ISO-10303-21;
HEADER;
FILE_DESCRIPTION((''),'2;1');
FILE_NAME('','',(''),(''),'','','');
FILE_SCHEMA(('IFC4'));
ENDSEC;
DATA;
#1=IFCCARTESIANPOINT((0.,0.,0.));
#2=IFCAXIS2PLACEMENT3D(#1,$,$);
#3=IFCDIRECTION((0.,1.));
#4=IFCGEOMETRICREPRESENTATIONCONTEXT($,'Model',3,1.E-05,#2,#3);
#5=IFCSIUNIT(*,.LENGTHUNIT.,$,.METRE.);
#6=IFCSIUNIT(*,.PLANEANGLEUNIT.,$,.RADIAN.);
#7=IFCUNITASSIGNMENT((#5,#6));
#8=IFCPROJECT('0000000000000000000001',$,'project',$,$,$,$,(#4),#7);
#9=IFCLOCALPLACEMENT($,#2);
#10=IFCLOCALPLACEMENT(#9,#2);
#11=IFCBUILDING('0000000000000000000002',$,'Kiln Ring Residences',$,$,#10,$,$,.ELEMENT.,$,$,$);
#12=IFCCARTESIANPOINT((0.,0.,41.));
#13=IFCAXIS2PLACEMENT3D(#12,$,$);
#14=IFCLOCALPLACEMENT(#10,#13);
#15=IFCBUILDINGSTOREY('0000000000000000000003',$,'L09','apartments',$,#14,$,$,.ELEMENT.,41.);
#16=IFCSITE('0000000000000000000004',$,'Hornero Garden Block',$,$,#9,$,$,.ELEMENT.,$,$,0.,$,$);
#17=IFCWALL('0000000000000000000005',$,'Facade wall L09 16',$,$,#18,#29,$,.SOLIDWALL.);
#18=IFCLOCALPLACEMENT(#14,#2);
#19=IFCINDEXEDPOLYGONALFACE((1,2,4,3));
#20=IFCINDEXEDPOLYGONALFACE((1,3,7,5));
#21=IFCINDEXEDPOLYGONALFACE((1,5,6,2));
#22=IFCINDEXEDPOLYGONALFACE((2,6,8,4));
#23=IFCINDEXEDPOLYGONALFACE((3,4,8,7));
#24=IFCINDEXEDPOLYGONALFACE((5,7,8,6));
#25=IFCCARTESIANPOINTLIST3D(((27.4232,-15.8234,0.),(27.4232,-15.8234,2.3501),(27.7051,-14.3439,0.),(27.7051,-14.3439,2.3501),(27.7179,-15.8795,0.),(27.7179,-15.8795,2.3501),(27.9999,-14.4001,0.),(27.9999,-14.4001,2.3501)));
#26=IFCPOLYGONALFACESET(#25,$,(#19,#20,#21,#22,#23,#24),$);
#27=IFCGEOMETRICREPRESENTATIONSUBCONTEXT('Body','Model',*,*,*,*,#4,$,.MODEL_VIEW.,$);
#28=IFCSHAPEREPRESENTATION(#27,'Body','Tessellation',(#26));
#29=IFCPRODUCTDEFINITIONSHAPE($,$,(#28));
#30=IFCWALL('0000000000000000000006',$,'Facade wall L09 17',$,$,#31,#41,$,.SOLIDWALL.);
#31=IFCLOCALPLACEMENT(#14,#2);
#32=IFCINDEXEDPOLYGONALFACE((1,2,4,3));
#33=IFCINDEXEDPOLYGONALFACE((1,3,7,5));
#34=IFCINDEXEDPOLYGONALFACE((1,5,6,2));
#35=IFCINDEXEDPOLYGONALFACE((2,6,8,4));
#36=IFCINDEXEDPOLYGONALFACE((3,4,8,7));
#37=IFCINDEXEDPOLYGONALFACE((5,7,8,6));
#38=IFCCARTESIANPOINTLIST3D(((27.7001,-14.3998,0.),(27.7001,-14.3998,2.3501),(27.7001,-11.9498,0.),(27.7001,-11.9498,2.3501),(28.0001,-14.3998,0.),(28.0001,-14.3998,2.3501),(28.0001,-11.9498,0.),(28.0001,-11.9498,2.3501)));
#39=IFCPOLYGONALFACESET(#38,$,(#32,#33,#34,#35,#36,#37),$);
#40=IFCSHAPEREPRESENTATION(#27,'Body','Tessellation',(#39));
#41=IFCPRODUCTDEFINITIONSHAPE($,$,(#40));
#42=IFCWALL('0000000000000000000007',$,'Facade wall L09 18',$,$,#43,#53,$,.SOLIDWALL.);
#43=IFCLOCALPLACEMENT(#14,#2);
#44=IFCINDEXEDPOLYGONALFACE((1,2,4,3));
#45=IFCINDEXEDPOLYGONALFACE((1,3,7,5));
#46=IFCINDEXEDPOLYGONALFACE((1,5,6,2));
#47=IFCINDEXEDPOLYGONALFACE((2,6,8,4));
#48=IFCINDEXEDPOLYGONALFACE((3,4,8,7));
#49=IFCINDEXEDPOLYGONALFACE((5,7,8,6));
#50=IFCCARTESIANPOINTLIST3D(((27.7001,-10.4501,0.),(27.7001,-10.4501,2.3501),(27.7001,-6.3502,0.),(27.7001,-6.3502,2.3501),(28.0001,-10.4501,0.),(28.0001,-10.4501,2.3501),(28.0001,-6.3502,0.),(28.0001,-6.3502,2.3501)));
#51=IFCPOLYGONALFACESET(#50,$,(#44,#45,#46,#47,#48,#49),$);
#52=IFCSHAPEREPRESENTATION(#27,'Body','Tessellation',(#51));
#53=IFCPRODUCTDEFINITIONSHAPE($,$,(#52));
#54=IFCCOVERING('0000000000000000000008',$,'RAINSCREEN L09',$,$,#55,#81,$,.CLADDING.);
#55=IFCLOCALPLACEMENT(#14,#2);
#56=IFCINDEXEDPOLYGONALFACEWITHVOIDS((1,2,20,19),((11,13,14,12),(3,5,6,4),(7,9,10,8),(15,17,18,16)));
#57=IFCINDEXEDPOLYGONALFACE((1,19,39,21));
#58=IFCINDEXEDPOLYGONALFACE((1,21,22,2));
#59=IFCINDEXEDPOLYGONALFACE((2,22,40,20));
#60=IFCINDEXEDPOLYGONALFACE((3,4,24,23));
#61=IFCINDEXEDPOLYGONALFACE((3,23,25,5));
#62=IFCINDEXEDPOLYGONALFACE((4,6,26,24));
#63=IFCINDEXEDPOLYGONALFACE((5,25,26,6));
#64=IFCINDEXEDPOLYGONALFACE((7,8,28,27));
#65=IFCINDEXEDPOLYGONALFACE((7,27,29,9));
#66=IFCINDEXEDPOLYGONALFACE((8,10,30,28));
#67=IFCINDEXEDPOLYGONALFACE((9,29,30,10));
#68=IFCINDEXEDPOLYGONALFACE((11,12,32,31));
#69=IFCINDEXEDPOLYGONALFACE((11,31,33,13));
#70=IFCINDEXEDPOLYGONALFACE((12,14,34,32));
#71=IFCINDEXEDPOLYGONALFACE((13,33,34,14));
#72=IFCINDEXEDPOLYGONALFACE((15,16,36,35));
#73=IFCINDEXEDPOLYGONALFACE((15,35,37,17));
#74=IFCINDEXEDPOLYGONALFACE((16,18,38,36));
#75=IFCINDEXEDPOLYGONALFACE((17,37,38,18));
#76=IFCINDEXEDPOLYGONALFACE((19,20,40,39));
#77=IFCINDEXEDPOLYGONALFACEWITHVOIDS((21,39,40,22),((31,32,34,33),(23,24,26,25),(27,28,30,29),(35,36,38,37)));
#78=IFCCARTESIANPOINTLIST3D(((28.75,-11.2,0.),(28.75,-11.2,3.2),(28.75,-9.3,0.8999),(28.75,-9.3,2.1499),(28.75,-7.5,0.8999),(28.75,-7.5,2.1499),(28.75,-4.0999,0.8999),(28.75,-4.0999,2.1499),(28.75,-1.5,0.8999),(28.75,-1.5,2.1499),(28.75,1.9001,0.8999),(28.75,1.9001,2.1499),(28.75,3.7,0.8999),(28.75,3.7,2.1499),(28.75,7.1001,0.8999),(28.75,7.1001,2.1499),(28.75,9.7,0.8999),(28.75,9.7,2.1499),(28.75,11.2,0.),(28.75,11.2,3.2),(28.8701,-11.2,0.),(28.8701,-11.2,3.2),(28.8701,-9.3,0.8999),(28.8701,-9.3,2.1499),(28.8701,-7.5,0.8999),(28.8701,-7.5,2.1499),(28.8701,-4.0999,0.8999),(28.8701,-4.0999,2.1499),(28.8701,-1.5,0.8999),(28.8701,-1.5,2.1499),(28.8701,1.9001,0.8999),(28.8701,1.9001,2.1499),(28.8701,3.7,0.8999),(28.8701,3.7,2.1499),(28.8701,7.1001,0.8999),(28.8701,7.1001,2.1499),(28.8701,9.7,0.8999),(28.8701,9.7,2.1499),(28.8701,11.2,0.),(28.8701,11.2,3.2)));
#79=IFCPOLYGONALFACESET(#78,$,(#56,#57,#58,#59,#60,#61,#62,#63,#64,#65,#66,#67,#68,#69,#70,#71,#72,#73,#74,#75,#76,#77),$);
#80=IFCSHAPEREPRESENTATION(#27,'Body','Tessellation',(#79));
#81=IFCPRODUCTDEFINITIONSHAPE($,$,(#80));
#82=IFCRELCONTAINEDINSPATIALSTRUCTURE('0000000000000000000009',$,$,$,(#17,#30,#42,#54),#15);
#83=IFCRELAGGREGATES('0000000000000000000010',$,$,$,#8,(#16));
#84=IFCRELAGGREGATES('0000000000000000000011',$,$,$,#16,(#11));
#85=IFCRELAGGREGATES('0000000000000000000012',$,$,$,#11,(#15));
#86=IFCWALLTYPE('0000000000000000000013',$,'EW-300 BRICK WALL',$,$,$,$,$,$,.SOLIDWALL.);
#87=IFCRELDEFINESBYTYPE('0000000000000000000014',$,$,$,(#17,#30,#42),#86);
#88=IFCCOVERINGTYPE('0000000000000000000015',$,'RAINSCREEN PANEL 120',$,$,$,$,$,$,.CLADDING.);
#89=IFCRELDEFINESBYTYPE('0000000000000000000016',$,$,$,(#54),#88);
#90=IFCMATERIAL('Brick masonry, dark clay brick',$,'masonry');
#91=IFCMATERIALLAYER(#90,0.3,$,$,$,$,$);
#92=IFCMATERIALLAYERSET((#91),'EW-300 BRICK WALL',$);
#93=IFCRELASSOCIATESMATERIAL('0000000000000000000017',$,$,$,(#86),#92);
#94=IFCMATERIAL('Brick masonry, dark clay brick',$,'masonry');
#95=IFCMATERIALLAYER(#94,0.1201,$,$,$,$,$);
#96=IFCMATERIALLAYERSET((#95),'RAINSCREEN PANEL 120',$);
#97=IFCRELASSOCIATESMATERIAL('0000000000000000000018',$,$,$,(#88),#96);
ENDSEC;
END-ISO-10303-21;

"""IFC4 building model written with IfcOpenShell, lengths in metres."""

from ifc_helpers import new_model, si_unit, direction, frame, frame_2d, origin, place, context, subcontext, project, spatial, polyline, rectangle, outline, extrude, material, layer, layer_set, type_object, element, save


model = new_model("IFC4")

# Units and contexts
model_context = context("Model", 3, precision=1e-05, world=origin(), true_north=direction((0.0, 1.0)))
body_context = subcontext(model_context, "Body", "Model", "MODEL_VIEW")
ifc_project = project(units=[si_unit("LENGTHUNIT", "METRE"), si_unit("PLANEANGLEUNIT", "RADIAN")], contexts=[model_context])

# Site, building, storey
site_placement = place(None, origin())
site = spatial("IfcSite", under=ifc_project, at=site_placement, Name="Hornero Garden Block", CompositionType="ELEMENT", RefElevation=0.0)
building_placement = place(site_placement, origin())
building = spatial("IfcBuilding", under=site, at=building_placement, Name="Kiln Ring Residences", CompositionType="ELEMENT")
storey_placement = place(building_placement, frame((0.0, 0.0, 41.0)))
storey = spatial("IfcBuildingStorey", under=building, at=storey_placement, Name="L09", Description="apartments", CompositionType="ELEMENT", Elevation=41.0)

# Walls
ifc_material_1 = material(Name="Brick masonry, dark clay brick", Category="masonry")
ifc_layer_1 = layer(ifc_material_1, 0.3)
ifc_layer_set_1 = layer_set([ifc_layer_1], Name="EW-300 BRICK WALL")
wall_type_1 = type_object("IfcWallType", Name="EW-300 BRICK WALL", PredefinedType="SOLIDWALL", material=ifc_layer_set_1)
wall_1_placement = place(storey_placement, frame((27.5706, -15.8513, 0.0), z_axis=(0.0, 0.0, 1.0), x_axis=(0.187224, 0.982317, 0.0)))
element("IfcWall", 1, at=wall_1_placement, inside=storey, type_object=wall_type_1, Name="Facade wall L09 16", PredefinedType="SOLIDWALL", context=body_context, shape_type="SweptSolid", body=[
    extrude(rectangle(XDim=1.5061, YDim=0.3, at=frame_2d((0.7529, 0.0))), origin(), (0.0, 0.0, 1.0), 2.3501),
])
wall_2_placement = place(storey_placement, frame((27.8501, -14.3999, 0.0), z_axis=(0.0, 0.0, 1.0), x_axis=(0.0, 1.0, 0.0)))
element("IfcWall", 2, at=wall_2_placement, inside=storey, type_object=wall_type_1, Name="Facade wall L09 17", PredefinedType="SOLIDWALL", context=body_context, shape_type="SweptSolid", body=[
    extrude(rectangle(XDim=2.45, YDim=0.3, at=frame_2d((1.2251, 0.0))), origin(), (0.0, 0.0, 1.0), 2.3501),
])
wall_3_placement = place(storey_placement, frame((27.8501, -10.45, 0.0), z_axis=(0.0, 0.0, 1.0), x_axis=(0.0, 1.0, 0.0)))
element("IfcWall", 3, at=wall_3_placement, inside=storey, type_object=wall_type_1, Name="Facade wall L09 18", PredefinedType="SOLIDWALL", context=body_context, shape_type="SweptSolid", body=[
    extrude(rectangle(XDim=4.0999, YDim=0.3, at=frame_2d((2.0498, 0.0))), origin(), (0.0, 0.0, 1.0), 2.3501),
])

# Covering
ifc_material_2 = material(Name="Brick masonry, dark clay brick", Category="masonry")
ifc_layer_2 = layer(ifc_material_2, 0.1201)
ifc_layer_set_2 = layer_set([ifc_layer_2], Name="RAINSCREEN PANEL 120")
covering_type = type_object("IfcCoveringType", Name="RAINSCREEN PANEL 120", PredefinedType="CLADDING", material=ifc_layer_set_2)
covering_placement = place(storey_placement, frame((28.8101, -11.2, 0.0), z_axis=(0.0, 0.0, 1.0), x_axis=(0.0, 1.0, 0.0)))
element("IfcCovering", 4, at=covering_placement, inside=storey, type_object=covering_type, Name="RAINSCREEN L09", PredefinedType="CLADDING", context=body_context, shape_type="SweptSolid", body=[
    extrude(outline(polyline([(0.0, 0.0), (22.3999, 0.0), (22.3999, 3.2), (0.0, 3.2), (0.0, 0.0)]), holes=[polyline([(3.7, 0.8999), (3.7, 2.1499), (1.8999, 2.1499), (1.8999, 0.8999), (3.7, 0.8999)]), polyline([(9.7, 0.8999), (9.7, 2.1499), (7.1001, 2.1499), (7.1001, 0.8999), (9.7, 0.8999)]), polyline([(14.8999, 0.8999), (14.8999, 2.1499), (13.1001, 2.1499), (13.1001, 0.8999), (14.8999, 0.8999)]), polyline([(20.8999, 0.8999), (20.8999, 2.1499), (18.3, 2.1499), (18.3, 0.8999), (20.8999, 0.8999)])]), frame((0.0, 0.0601, 0.0), z_axis=(0.0, -1.0, 0.0), x_axis=(1.0, 0.0, 0.0)), (0.0, 0.0, 1.0), 0.1201),
])

save(model, "model.ifc")
